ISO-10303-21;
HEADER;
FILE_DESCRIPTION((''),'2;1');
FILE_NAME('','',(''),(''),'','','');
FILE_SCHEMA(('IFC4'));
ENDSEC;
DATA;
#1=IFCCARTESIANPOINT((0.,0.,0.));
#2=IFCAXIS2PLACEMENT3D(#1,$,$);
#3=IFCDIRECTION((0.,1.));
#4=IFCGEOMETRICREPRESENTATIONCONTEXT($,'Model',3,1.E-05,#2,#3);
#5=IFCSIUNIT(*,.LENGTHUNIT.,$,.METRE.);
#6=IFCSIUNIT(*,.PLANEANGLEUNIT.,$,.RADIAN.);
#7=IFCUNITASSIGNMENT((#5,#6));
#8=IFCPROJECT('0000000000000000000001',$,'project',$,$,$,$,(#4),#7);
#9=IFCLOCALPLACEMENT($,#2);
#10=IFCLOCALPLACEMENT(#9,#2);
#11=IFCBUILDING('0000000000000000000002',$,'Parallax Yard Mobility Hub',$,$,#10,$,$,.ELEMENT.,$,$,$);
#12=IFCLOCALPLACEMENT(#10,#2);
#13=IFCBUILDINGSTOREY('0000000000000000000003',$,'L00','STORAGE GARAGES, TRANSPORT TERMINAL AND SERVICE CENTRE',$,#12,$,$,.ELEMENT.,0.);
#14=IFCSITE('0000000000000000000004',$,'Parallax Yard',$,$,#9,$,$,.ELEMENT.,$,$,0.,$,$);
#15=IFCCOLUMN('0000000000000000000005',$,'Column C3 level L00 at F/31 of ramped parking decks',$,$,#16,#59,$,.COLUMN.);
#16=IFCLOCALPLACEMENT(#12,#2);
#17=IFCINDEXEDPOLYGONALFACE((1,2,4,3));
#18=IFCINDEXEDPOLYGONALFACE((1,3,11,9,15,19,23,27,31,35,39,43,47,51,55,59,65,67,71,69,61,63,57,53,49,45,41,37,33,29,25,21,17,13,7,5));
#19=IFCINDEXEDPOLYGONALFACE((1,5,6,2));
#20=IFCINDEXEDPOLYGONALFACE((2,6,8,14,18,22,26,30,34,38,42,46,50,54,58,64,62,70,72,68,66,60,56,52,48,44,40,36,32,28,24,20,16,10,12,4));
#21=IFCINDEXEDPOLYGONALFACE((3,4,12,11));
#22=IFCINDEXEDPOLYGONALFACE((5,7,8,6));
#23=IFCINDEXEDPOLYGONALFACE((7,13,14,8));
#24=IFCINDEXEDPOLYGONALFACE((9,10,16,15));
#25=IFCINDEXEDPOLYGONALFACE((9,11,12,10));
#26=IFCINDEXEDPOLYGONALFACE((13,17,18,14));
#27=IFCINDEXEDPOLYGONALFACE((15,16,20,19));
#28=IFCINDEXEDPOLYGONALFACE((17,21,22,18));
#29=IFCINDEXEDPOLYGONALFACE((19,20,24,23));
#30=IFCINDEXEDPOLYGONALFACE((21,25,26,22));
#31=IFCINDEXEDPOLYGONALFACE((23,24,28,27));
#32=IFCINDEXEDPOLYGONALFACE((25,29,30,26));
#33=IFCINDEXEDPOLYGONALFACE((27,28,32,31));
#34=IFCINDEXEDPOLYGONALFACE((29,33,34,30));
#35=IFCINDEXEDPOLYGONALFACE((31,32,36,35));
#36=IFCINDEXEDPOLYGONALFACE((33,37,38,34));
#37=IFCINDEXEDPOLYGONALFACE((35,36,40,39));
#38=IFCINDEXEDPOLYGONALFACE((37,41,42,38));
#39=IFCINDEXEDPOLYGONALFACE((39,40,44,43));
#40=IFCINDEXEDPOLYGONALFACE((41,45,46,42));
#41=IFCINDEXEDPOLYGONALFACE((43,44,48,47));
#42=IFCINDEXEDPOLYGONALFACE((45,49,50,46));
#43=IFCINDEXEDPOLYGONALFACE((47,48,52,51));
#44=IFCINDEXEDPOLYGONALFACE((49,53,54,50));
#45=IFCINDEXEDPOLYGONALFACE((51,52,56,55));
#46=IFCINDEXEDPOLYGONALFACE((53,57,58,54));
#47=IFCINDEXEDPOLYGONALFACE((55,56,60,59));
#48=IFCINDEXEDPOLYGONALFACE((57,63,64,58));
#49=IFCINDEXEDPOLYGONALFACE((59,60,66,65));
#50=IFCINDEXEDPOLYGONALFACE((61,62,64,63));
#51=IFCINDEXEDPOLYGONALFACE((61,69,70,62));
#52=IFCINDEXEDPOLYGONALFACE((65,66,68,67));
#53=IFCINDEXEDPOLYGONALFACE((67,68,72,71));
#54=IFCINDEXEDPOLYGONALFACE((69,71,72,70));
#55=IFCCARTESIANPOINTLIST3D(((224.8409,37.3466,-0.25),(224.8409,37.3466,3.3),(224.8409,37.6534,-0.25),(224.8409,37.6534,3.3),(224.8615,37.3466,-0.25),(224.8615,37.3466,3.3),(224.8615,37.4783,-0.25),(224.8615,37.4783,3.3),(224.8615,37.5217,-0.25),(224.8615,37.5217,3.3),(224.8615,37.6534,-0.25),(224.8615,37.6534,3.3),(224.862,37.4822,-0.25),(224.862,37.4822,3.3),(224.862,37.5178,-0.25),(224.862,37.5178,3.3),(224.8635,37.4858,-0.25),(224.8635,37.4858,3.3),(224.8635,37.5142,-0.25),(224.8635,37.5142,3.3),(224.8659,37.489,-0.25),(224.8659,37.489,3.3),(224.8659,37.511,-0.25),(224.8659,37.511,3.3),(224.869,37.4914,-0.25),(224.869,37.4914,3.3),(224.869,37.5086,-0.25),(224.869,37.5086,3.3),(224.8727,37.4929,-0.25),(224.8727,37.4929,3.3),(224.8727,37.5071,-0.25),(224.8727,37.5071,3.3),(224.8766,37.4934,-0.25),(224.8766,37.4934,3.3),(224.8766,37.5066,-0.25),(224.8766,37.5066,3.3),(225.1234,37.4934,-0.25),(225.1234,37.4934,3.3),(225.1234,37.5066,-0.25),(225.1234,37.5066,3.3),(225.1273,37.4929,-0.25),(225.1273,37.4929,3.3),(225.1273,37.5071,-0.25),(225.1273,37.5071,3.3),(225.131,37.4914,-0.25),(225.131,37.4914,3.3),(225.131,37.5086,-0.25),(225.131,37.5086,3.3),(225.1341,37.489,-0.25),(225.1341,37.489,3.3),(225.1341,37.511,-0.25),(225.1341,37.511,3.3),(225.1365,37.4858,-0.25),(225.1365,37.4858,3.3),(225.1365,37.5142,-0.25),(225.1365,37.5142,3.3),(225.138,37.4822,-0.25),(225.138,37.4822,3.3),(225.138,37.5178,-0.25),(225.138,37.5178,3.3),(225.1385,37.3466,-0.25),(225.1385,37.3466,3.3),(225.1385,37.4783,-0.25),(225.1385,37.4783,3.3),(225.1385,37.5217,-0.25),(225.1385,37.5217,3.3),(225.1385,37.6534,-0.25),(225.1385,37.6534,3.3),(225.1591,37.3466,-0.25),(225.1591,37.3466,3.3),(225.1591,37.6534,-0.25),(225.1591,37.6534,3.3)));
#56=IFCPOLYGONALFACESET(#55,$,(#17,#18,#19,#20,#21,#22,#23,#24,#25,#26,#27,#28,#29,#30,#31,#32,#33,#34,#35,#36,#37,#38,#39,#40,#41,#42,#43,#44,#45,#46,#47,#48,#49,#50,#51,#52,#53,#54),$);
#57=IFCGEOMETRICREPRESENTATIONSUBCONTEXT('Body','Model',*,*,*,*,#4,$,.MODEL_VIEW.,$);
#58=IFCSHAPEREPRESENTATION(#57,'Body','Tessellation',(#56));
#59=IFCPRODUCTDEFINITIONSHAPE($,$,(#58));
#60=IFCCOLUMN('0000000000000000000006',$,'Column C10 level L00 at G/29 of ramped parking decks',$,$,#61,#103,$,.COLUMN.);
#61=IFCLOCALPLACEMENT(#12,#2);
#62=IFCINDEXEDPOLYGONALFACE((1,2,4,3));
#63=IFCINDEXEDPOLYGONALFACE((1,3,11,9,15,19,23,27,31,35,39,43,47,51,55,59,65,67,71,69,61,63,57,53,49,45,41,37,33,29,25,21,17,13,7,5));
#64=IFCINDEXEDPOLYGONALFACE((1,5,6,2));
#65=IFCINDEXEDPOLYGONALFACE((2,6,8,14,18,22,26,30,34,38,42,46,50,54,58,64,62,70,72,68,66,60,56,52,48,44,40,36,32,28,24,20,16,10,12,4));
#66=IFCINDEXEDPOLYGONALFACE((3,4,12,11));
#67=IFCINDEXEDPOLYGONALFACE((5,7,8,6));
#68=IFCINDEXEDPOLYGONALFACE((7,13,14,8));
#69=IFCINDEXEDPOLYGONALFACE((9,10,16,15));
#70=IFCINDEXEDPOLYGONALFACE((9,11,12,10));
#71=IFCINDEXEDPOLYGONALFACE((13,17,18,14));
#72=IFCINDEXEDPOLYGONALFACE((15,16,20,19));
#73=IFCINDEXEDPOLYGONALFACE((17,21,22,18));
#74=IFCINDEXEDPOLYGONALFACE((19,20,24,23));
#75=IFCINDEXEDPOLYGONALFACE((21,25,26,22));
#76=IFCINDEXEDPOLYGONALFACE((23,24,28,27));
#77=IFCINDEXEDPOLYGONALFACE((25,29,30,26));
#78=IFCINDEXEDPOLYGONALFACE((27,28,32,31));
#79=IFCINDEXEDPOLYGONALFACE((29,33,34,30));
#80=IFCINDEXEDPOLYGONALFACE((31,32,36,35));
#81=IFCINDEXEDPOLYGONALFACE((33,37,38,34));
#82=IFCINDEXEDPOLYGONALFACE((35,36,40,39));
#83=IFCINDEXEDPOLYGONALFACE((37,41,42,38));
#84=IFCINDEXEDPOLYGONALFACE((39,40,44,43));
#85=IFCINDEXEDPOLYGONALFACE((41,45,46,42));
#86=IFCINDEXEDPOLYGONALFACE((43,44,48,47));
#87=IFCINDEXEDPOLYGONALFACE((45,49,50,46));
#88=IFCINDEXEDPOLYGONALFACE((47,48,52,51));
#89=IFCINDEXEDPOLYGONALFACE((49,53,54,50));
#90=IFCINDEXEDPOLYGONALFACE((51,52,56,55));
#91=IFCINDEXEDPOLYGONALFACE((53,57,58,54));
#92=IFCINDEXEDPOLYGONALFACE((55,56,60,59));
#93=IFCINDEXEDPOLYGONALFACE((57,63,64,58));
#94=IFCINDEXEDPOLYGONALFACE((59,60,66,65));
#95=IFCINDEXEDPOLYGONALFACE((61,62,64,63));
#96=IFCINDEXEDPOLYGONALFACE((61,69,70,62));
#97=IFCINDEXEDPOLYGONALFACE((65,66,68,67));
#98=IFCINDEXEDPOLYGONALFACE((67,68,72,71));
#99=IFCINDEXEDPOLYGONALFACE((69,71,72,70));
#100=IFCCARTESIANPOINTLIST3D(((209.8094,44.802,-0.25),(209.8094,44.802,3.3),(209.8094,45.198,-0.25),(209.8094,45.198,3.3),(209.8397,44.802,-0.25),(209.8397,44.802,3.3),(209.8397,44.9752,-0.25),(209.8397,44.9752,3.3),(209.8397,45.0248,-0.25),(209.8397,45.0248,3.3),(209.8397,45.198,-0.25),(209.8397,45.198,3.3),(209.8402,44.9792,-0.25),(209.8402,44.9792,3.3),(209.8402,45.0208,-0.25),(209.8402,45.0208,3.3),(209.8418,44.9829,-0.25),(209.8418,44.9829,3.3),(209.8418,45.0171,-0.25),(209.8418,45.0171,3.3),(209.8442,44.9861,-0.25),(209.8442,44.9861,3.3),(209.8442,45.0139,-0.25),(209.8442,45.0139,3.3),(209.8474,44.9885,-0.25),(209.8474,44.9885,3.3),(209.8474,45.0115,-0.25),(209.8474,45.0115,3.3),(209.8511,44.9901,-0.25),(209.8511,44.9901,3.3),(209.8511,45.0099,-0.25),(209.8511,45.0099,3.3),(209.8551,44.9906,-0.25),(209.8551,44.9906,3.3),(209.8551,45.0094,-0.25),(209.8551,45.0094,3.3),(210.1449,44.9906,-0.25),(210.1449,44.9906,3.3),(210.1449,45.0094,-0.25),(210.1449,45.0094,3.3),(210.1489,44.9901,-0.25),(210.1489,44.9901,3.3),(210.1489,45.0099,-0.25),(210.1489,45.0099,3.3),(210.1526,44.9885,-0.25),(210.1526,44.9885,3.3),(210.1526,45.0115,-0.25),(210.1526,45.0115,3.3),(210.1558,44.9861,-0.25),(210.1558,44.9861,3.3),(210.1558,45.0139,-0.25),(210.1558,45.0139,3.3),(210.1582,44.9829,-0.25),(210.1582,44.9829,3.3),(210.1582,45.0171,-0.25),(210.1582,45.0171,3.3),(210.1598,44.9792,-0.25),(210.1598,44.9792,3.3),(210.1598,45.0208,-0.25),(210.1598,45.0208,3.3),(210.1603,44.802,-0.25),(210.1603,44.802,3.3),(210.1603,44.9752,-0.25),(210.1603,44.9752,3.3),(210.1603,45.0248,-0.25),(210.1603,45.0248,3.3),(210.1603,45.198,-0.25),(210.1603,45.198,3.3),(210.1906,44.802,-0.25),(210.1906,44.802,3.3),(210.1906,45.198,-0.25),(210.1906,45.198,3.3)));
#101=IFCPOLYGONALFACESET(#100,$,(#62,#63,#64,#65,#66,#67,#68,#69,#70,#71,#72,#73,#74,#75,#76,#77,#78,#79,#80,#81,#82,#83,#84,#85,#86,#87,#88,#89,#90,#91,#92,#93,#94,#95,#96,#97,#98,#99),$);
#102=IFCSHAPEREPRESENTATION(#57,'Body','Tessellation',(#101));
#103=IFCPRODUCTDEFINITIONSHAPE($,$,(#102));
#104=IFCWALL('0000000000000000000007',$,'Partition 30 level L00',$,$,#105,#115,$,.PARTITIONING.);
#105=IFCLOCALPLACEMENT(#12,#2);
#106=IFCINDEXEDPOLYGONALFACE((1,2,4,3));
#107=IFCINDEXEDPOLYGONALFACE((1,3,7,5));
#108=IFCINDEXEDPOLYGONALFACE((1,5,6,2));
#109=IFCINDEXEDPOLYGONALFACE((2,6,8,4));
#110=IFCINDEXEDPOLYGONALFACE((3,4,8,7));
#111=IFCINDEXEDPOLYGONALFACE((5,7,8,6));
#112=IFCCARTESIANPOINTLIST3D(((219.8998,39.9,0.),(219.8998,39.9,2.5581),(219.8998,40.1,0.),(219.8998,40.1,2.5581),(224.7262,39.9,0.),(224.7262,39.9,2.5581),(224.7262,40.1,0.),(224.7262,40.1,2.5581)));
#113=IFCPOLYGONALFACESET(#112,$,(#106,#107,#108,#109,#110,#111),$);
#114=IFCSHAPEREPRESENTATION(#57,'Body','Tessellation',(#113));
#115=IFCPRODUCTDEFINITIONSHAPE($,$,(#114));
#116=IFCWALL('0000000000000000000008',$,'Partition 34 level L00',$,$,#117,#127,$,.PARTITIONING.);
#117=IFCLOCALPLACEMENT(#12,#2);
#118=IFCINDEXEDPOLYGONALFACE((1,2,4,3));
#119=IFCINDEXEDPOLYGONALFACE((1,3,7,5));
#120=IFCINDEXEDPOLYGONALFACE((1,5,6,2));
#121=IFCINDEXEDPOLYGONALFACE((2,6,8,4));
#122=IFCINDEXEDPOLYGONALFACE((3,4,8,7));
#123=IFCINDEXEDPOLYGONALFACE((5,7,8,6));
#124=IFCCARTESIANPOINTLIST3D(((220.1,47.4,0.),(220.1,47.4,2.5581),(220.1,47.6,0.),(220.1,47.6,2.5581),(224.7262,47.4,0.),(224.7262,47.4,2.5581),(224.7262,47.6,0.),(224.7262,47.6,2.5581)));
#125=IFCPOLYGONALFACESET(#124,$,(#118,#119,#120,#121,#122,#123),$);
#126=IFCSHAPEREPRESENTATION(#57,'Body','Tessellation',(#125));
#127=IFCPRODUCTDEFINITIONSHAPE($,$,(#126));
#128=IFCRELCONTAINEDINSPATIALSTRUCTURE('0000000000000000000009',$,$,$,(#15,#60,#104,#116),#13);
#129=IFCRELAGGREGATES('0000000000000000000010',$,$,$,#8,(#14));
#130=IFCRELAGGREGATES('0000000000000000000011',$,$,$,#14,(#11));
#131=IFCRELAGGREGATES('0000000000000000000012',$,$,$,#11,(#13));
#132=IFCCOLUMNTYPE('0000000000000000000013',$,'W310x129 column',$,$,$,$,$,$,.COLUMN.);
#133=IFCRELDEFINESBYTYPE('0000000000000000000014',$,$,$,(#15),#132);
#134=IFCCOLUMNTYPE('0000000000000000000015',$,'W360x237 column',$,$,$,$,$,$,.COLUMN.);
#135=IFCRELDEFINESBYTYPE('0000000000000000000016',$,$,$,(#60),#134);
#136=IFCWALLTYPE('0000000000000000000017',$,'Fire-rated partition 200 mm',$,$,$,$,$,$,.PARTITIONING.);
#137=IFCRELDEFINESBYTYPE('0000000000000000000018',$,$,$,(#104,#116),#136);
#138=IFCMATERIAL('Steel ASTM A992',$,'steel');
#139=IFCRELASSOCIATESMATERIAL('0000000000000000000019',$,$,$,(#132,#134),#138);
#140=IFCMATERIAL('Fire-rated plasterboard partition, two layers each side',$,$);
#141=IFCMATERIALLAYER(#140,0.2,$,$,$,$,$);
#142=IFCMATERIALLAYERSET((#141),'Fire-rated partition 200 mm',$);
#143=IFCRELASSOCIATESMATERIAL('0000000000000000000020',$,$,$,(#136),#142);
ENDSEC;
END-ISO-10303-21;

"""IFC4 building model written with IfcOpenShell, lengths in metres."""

from ifc_helpers import new_model, si_unit, direction, frame, frame_2d, origin, origin_2d, place, context, subcontext, project, spatial, rectangle, i_section, extrude, material, layer, layer_set, material_profile, profile_set, type_object, element, save


model = new_model("IFC4")

# Units and contexts
model_context = context("Model", 3, precision=1e-05, world=origin(), true_north=direction((0.0, 1.0)))
body_context = subcontext(model_context, "Body", "Model", "MODEL_VIEW")
ifc_project = project(units=[si_unit("LENGTHUNIT", "METRE"), si_unit("PLANEANGLEUNIT", "RADIAN")], contexts=[model_context])

# Site, building, storey
site_placement = place(None, origin())
site = spatial("IfcSite", under=ifc_project, at=site_placement, Name="Parallax Yard", CompositionType="ELEMENT", RefElevation=0.0)
building_placement = place(site_placement, origin())
building = spatial("IfcBuilding", under=site, at=building_placement, Name="Parallax Yard Mobility Hub", CompositionType="ELEMENT")
storey_placement = place(building_placement, origin())
storey = spatial("IfcBuildingStorey", under=building, at=storey_placement, Name="L00", Description="STORAGE GARAGES, TRANSPORT TERMINAL AND SERVICE CENTRE", CompositionType="ELEMENT", Elevation=0.0)

# Columns
ifc_material_1 = material(Name="Steel ASTM A992", Category="steel")
ifc_material_profile_1 = material_profile(ifc_material_1, i_section(OverallWidth=0.3069, OverallDepth=0.3181, WebThickness=0.0132, FlangeThickness=0.0205, FilletRadius=0.0151, at=origin_2d()), Name="W310x129")
ifc_profile_set_1 = profile_set([ifc_material_profile_1], Name="Steel ASTM A992")
column_type_1 = type_object("IfcColumnType", Name="W310x129 column", PredefinedType="COLUMN", material=ifc_profile_set_1)
for number, where, z_axis, x_axis, name in (
    (1, (225.0, 37.5, -0.25), (0.0, 0.0, 1.0), (0.0, 1.0, 0.0), "Column C3 level L00 at F/31 of ramped parking decks"),
):
    element("IfcColumn", number, at=place(storey_placement, frame(where, z_axis=z_axis, x_axis=x_axis)), inside=storey, type_object=column_type_1, Name=name, PredefinedType="COLUMN", context=body_context, shape_type="SweptSolid", body=[
        extrude(i_section(OverallWidth=0.3069, OverallDepth=0.3181, WebThickness=0.0132, FlangeThickness=0.0205, FilletRadius=0.0151, at=origin_2d()), origin(), (0.0, 0.0, 1.0), 3.55),
    ])
ifc_material_profile_2 = material_profile(ifc_material_1, i_section(OverallWidth=0.396, OverallDepth=0.3811, WebThickness=0.0188, FlangeThickness=0.0303, FilletRadius=0.0154, at=origin_2d()), Name="W360x237")
ifc_profile_set_2 = profile_set([ifc_material_profile_2], Name="Steel ASTM A992")
column_type_2 = type_object("IfcColumnType", Name="W360x237 column", PredefinedType="COLUMN", material=ifc_profile_set_2)
column_placement = place(storey_placement, frame((210.0, 45.0, -0.25), z_axis=(0.0, 0.0, 1.0), x_axis=(0.0, 1.0, 0.0)))
element("IfcColumn", 2, at=column_placement, inside=storey, type_object=column_type_2, Name="Column C10 level L00 at G/29 of ramped parking decks", PredefinedType="COLUMN", context=body_context, shape_type="SweptSolid", body=[
    extrude(i_section(OverallWidth=0.396, OverallDepth=0.3811, WebThickness=0.0188, FlangeThickness=0.0303, FilletRadius=0.0154, at=origin_2d()), origin(), (0.0, 0.0, 1.0), 3.55),
])

# Walls
ifc_material_2 = material(Name="Fire-rated plasterboard partition, two layers each side")
ifc_layer_1 = layer(ifc_material_2, 0.2)
ifc_layer_set_1 = layer_set([ifc_layer_1], Name="Fire-rated partition 200 mm")
wall_type_1 = type_object("IfcWallType", Name="Fire-rated partition 200 mm", PredefinedType="PARTITIONING", material=ifc_layer_set_1)
wall_1_placement = place(storey_placement, frame((219.8999, 40.0, 0.0), z_axis=(0.0, 0.0, 1.0), x_axis=(1.0, 0.0, 0.0)))
element("IfcWall", 3, at=wall_1_placement, inside=storey, type_object=wall_type_1, Name="Partition 30 level L00", PredefinedType="PARTITIONING", context=body_context, shape_type="SweptSolid", body=[
    extrude(rectangle(XDim=4.8264, YDim=0.2, at=frame_2d((2.4131, 0.0))), origin(), (0.0, 0.0, 1.0), 2.5581),
])
wall_2_placement = place(storey_placement, frame((220.1001, 47.5, 0.0), z_axis=(0.0, 0.0, 1.0), x_axis=(1.0, 0.0, 0.0)))
element("IfcWall", 4, at=wall_2_placement, inside=storey, type_object=wall_type_1, Name="Partition 34 level L00", PredefinedType="PARTITIONING", context=body_context, shape_type="SweptSolid", body=[
    extrude(rectangle(XDim=4.6262, YDim=0.2, at=frame_2d((2.313, 0.0))), origin(), (0.0, 0.0, 1.0), 2.5581),
])

save(model, "model.ifc")
